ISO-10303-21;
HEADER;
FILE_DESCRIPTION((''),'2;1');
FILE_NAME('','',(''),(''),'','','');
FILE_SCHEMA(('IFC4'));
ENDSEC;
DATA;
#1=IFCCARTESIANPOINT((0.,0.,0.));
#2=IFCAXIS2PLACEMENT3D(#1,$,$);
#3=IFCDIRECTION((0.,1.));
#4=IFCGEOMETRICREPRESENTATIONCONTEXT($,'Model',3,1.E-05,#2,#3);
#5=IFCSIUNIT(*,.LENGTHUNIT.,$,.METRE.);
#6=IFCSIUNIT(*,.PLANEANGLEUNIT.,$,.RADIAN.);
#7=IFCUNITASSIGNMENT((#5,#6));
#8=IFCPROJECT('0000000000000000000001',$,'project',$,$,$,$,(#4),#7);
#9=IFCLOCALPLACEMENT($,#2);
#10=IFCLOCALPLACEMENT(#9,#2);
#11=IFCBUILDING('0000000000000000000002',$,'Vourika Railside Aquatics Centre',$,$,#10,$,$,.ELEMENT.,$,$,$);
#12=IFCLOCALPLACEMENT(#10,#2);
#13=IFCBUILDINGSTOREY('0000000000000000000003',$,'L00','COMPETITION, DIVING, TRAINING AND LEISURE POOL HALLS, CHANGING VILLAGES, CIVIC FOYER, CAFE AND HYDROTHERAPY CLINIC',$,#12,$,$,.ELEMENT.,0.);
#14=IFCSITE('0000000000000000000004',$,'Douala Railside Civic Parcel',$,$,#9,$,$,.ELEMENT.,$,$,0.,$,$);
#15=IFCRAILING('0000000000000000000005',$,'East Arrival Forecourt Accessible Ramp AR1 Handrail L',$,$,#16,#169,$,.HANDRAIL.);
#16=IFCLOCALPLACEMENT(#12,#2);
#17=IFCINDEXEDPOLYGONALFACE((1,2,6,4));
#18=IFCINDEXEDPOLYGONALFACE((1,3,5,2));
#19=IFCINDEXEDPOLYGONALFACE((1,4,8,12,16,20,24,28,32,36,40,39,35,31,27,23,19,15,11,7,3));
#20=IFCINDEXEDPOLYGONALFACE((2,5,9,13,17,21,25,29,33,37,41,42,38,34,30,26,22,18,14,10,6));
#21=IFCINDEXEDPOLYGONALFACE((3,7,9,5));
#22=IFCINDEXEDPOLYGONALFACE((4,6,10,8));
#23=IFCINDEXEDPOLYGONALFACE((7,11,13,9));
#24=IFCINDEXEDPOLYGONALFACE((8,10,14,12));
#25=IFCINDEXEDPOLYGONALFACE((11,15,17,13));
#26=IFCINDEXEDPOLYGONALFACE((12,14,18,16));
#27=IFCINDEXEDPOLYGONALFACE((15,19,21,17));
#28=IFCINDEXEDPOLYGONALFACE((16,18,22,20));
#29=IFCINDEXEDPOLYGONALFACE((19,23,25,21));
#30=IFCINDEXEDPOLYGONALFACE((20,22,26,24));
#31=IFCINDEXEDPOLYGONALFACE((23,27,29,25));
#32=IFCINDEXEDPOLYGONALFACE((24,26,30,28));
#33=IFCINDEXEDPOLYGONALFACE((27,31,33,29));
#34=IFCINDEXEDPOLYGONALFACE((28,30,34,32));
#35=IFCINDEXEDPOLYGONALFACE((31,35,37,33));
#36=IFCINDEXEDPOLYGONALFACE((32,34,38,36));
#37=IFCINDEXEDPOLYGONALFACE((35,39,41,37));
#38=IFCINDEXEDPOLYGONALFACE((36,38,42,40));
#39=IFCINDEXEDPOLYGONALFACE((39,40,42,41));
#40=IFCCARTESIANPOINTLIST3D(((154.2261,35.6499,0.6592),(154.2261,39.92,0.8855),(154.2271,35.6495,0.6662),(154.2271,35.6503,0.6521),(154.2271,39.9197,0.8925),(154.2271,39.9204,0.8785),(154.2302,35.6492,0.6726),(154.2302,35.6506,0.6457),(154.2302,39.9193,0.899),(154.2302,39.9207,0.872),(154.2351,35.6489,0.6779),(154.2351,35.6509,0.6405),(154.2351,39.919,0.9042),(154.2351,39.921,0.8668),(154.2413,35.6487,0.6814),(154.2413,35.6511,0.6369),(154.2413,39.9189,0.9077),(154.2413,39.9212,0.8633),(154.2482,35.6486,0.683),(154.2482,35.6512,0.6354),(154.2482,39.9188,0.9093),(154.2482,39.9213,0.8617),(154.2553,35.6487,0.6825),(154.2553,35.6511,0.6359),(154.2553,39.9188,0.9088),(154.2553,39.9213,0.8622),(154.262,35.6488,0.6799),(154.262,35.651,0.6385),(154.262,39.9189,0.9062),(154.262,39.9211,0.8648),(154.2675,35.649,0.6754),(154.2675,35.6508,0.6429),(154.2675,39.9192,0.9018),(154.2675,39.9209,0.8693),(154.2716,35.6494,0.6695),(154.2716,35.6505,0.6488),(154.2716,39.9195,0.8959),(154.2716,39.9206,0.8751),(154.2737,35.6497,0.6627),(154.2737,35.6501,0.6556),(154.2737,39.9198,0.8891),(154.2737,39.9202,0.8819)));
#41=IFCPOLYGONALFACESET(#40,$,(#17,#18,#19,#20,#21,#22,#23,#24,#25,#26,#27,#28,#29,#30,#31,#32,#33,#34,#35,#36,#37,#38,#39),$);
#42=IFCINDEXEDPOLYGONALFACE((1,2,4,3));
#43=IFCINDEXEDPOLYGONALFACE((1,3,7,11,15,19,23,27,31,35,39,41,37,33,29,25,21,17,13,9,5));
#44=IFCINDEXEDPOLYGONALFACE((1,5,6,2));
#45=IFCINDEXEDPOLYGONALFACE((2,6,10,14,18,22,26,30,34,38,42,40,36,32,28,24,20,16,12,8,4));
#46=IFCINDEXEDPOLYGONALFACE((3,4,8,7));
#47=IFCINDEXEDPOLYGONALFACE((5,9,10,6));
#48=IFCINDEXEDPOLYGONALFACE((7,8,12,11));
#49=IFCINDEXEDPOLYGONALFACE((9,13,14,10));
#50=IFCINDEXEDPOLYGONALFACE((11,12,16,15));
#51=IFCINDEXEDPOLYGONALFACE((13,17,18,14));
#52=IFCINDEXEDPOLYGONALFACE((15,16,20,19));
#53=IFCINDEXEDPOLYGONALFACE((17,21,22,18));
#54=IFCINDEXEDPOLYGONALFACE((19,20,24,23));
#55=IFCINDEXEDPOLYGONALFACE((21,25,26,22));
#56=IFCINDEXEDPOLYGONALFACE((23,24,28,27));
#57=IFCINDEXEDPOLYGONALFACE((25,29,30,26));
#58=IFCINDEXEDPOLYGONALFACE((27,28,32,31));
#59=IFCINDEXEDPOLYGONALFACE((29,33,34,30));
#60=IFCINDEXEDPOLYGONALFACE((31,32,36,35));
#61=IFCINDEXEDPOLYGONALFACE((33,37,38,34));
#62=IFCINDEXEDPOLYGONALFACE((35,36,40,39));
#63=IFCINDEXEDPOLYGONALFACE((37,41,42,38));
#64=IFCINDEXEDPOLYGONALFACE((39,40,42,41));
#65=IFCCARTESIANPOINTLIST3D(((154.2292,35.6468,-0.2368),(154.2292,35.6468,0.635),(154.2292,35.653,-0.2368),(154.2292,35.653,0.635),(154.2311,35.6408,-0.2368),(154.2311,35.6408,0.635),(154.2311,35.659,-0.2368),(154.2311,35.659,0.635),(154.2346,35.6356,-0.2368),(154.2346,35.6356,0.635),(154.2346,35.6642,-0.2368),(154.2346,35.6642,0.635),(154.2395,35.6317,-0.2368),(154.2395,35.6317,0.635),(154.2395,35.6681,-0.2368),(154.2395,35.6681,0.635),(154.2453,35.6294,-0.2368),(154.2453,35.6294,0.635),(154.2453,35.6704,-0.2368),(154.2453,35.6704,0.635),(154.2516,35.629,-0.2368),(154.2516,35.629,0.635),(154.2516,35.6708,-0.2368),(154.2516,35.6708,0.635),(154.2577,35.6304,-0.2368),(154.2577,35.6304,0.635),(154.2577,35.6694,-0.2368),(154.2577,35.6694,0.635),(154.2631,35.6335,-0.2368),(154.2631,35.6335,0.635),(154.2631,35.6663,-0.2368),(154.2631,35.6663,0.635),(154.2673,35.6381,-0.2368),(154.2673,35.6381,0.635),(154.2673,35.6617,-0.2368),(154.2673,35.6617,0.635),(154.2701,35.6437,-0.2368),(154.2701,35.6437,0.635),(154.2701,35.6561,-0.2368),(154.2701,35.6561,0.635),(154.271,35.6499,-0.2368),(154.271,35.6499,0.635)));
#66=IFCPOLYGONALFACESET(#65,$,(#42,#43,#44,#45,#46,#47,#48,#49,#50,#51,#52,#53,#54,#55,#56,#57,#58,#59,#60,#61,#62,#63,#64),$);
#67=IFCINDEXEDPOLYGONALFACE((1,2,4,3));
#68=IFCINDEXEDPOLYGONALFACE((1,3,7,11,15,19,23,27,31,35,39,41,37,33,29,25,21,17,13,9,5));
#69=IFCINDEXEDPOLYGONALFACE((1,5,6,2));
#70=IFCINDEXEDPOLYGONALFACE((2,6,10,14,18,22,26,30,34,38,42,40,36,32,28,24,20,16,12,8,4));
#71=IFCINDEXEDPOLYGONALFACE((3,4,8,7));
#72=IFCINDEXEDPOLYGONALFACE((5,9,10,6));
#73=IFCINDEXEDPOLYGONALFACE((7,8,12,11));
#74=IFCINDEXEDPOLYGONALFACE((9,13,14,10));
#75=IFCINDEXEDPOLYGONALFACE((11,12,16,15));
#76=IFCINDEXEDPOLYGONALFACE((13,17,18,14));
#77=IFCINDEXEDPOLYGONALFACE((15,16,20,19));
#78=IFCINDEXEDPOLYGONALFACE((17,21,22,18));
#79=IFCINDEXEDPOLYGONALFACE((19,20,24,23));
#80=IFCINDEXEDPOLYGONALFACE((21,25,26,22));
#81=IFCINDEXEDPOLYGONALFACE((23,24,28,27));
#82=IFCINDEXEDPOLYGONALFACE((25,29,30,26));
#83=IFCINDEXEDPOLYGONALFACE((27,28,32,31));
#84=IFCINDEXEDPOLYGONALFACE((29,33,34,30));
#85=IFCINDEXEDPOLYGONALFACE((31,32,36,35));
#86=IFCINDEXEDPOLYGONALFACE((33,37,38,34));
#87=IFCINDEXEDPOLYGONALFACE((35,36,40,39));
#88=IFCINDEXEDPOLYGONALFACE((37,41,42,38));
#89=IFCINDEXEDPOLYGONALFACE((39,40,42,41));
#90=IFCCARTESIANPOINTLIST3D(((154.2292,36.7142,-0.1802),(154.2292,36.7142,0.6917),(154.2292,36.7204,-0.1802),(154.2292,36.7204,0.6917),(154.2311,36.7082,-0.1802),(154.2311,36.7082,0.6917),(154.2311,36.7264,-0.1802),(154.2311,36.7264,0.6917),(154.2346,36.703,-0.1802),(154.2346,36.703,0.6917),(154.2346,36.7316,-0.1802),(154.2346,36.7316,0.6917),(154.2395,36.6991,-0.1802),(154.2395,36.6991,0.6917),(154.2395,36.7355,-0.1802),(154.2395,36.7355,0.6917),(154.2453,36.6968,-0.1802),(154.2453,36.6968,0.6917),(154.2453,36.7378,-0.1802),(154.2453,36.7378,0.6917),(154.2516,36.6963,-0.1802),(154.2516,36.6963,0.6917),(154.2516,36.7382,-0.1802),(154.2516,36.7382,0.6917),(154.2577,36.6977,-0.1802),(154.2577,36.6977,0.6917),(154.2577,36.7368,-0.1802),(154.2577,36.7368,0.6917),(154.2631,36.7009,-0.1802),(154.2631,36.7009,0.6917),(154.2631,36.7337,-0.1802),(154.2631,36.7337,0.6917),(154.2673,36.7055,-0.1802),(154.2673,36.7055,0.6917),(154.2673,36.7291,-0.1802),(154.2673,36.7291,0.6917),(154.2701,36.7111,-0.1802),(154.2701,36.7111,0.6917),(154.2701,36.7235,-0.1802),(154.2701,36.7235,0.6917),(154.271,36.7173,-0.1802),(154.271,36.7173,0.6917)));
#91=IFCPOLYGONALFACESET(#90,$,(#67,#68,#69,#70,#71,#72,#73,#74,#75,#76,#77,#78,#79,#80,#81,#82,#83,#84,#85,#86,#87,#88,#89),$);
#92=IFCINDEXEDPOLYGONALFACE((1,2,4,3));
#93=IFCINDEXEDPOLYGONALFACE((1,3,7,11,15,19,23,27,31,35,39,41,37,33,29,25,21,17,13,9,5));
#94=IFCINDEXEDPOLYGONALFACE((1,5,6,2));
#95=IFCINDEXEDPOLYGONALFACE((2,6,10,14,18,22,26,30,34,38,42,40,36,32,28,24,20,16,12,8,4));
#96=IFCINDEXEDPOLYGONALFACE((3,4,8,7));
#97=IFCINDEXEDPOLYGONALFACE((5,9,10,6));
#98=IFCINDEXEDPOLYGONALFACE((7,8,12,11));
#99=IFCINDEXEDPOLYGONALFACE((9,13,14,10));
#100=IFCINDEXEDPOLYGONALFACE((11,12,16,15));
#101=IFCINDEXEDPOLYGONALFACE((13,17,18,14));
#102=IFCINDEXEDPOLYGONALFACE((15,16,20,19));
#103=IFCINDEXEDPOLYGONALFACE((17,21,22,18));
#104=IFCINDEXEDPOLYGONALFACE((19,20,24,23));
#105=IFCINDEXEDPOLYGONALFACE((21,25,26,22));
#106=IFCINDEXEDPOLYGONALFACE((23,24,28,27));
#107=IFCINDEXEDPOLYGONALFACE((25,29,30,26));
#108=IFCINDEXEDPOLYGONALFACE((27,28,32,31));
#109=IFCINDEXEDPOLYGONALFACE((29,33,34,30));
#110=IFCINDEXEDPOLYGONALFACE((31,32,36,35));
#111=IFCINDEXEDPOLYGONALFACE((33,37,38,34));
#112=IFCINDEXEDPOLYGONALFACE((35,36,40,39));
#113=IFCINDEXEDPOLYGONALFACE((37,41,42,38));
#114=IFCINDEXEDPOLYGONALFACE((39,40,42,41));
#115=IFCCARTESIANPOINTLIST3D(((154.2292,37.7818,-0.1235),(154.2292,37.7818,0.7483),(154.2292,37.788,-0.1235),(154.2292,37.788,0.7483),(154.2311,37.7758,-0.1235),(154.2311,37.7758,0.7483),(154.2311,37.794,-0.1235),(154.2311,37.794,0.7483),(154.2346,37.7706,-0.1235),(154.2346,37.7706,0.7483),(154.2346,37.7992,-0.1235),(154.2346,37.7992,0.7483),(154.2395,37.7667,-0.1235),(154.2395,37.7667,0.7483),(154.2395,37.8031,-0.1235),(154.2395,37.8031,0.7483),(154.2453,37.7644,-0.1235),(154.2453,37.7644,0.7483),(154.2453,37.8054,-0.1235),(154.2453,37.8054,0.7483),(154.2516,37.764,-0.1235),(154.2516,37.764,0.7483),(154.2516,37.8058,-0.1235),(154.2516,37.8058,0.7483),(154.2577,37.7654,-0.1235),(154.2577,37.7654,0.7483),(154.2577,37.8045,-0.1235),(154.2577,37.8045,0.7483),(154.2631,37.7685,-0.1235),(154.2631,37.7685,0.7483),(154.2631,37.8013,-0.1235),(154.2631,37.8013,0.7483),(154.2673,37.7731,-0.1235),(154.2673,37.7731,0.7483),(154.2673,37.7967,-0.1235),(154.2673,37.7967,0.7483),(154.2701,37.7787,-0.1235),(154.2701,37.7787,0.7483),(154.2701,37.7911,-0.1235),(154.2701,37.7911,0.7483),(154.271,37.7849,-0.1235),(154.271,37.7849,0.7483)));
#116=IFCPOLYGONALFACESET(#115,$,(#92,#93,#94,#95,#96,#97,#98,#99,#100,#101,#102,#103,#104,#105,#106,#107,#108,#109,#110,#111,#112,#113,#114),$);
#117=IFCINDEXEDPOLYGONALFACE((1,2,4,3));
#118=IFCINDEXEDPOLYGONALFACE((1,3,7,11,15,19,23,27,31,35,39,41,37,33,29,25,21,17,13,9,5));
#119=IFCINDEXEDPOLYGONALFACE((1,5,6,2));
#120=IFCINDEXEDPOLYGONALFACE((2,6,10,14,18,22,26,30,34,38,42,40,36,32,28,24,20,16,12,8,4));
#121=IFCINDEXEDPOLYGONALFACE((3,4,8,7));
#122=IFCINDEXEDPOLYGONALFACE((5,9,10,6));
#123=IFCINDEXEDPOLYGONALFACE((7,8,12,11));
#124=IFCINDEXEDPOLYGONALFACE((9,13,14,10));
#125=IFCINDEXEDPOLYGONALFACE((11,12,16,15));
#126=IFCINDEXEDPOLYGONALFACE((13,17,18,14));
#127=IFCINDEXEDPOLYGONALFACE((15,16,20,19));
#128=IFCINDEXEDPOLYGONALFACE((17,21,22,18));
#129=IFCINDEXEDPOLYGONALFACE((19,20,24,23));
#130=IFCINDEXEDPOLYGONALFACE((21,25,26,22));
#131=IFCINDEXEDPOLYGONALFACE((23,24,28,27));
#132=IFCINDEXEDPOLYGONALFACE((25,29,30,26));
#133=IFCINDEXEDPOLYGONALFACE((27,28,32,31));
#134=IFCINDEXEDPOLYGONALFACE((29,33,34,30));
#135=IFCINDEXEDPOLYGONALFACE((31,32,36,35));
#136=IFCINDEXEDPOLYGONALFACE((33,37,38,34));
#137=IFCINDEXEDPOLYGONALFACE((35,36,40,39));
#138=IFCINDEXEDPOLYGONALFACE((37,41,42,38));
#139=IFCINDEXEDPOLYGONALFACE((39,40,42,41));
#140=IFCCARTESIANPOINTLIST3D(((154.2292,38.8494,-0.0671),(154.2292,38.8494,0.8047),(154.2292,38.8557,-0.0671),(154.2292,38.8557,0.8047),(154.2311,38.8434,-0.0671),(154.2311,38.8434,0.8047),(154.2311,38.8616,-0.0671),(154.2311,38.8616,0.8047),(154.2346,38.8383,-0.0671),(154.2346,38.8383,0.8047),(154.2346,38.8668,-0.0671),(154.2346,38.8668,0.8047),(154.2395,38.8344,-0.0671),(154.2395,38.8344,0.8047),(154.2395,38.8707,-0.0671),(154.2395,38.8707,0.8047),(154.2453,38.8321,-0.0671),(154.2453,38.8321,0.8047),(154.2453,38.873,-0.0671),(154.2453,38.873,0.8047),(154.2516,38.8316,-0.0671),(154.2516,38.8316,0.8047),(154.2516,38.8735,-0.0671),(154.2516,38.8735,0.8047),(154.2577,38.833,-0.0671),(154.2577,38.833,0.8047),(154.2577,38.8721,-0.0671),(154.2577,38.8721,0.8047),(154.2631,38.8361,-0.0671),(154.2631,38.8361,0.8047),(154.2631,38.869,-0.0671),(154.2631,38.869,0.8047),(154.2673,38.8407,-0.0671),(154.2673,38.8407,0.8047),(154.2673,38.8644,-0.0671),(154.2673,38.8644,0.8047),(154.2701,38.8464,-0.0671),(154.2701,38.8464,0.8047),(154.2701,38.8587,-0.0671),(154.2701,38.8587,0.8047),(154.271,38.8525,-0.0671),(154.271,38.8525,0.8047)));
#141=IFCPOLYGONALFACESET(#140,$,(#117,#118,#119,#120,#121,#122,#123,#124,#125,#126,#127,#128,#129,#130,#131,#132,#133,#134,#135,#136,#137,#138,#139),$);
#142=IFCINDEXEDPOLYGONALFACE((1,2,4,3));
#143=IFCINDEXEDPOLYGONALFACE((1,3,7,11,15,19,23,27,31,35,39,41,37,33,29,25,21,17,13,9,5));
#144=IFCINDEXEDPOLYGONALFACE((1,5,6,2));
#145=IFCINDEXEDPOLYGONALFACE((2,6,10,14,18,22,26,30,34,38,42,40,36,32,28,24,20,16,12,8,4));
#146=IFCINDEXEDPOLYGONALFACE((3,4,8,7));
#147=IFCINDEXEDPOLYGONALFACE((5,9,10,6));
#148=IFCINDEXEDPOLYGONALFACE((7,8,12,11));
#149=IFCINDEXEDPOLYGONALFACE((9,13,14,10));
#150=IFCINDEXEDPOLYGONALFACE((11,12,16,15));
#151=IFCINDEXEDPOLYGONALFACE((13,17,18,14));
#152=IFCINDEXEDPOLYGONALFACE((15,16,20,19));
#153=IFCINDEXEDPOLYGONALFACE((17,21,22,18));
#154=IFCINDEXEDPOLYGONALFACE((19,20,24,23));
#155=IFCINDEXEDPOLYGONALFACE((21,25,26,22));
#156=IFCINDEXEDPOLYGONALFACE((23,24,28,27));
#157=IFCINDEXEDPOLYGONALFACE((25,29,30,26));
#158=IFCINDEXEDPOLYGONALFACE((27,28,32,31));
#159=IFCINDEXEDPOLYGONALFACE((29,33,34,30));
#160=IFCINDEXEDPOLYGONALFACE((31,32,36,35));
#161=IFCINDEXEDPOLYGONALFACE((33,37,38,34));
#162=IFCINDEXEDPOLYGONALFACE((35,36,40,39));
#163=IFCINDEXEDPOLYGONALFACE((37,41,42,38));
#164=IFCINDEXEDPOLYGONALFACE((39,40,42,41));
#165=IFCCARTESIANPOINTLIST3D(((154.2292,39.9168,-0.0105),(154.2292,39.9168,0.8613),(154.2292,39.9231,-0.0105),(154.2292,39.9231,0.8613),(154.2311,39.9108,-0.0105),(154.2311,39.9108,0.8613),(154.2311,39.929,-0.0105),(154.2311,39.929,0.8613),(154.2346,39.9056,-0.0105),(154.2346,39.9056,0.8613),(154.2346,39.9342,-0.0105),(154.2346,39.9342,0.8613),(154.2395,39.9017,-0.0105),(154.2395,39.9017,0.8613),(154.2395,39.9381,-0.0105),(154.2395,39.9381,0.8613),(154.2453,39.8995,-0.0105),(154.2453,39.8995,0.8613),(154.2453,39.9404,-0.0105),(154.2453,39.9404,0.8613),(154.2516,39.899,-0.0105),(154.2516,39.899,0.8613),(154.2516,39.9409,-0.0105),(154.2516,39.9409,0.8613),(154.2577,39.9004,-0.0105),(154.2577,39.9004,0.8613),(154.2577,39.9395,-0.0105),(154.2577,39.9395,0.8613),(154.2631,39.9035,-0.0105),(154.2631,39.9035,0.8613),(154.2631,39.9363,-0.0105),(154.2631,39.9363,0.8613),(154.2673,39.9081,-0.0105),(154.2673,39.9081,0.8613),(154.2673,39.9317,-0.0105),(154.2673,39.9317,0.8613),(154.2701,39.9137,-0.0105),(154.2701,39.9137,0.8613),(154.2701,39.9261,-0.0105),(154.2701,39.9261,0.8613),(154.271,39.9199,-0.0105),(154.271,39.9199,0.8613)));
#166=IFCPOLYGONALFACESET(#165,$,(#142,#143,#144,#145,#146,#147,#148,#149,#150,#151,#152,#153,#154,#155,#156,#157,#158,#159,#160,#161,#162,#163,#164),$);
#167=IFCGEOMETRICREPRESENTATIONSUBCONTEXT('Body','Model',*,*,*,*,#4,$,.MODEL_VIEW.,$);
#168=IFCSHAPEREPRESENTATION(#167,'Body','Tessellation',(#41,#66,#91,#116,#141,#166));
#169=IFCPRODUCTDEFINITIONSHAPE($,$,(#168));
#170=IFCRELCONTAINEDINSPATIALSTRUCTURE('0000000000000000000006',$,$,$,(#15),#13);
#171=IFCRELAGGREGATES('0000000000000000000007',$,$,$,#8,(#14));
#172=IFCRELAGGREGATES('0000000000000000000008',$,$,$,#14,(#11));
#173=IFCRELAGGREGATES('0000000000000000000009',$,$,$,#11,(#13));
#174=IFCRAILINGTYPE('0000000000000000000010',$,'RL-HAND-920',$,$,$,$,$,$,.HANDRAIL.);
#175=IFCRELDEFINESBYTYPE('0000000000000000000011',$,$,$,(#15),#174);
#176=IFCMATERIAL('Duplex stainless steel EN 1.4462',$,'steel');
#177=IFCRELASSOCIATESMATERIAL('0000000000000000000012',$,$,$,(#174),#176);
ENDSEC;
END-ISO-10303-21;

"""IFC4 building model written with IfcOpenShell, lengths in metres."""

from ifc_helpers import new_model, si_unit, direction, frame, origin, origin_2d, place, context, subcontext, project, spatial, circle, extrude, material, type_object, element, save


model = new_model("IFC4")

# Units and contexts
model_context = context("Model", 3, precision=1e-05, world=origin(), true_north=direction((0.0, 1.0)))
body_context = subcontext(model_context, "Body", "Model", "MODEL_VIEW")
ifc_project = project(units=[si_unit("LENGTHUNIT", "METRE"), si_unit("PLANEANGLEUNIT", "RADIAN")], contexts=[model_context])

# Site, building, storey
site_placement = place(None, origin())
site = spatial("IfcSite", under=ifc_project, at=site_placement, Name="Douala Railside Civic Parcel", CompositionType="ELEMENT", RefElevation=0.0)
building_placement = place(site_placement, origin())
building = spatial("IfcBuilding", under=site, at=building_placement, Name="Vourika Railside Aquatics Centre", CompositionType="ELEMENT")
storey_placement = place(building_placement, origin())
storey = spatial("IfcBuildingStorey", under=building, at=storey_placement, Name="L00", Description="COMPETITION, DIVING, TRAINING AND LEISURE POOL HALLS, CHANGING VILLAGES, CIVIC FOYER, CAFE AND HYDROTHERAPY CLINIC", CompositionType="ELEMENT", Elevation=0.0)

# Railing
ifc_material_1 = material(Name="Duplex stainless steel EN 1.4462", Category="steel")
railing_type = type_object("IfcRailingType", Name="RL-HAND-920", PredefinedType="HANDRAIL", material=ifc_material_1)
for number, where, name in (
    (1, (154.25, 35.6499, -0.2368), "East Arrival Forecourt Accessible Ramp AR1 Handrail L"),
):
    element("IfcRailing", number, at=place(storey_placement, frame(where)), inside=storey, type_object=railing_type, Name=name, PredefinedType="HANDRAIL", context=body_context, shape_type="SweptSolid", body=[
        extrude(circle(Radius=0.0239, at=origin_2d()), frame((0.0, 0.0, 0.896), z_axis=(0.0, 0.998598, 0.052927), x_axis=(-1.0, 0.0, 0.0)), (0.0, 0.0, 1.0), 4.2761),
        extrude(circle(Radius=0.021, at=origin_2d()), origin(), (0.0, 0.0, 1.0), 0.8718),
        extrude(circle(Radius=0.021, at=origin_2d()), frame((0.0, 1.0674, 0.0566)), (0.0, 0.0, 1.0), 0.8718),
        extrude(circle(Radius=0.021, at=origin_2d()), frame((0.0, 2.135, 0.1133)), (0.0, 0.0, 1.0), 0.8718),
        extrude(circle(Radius=0.021, at=origin_2d()), frame((0.0, 3.2026, 0.1697)), (0.0, 0.0, 1.0), 0.8718),
        extrude(circle(Radius=0.021, at=origin_2d()), frame((0.0, 4.27, 0.2263)), (0.0, 0.0, 1.0), 0.8718),
    ])

save(model, "model.ifc")
